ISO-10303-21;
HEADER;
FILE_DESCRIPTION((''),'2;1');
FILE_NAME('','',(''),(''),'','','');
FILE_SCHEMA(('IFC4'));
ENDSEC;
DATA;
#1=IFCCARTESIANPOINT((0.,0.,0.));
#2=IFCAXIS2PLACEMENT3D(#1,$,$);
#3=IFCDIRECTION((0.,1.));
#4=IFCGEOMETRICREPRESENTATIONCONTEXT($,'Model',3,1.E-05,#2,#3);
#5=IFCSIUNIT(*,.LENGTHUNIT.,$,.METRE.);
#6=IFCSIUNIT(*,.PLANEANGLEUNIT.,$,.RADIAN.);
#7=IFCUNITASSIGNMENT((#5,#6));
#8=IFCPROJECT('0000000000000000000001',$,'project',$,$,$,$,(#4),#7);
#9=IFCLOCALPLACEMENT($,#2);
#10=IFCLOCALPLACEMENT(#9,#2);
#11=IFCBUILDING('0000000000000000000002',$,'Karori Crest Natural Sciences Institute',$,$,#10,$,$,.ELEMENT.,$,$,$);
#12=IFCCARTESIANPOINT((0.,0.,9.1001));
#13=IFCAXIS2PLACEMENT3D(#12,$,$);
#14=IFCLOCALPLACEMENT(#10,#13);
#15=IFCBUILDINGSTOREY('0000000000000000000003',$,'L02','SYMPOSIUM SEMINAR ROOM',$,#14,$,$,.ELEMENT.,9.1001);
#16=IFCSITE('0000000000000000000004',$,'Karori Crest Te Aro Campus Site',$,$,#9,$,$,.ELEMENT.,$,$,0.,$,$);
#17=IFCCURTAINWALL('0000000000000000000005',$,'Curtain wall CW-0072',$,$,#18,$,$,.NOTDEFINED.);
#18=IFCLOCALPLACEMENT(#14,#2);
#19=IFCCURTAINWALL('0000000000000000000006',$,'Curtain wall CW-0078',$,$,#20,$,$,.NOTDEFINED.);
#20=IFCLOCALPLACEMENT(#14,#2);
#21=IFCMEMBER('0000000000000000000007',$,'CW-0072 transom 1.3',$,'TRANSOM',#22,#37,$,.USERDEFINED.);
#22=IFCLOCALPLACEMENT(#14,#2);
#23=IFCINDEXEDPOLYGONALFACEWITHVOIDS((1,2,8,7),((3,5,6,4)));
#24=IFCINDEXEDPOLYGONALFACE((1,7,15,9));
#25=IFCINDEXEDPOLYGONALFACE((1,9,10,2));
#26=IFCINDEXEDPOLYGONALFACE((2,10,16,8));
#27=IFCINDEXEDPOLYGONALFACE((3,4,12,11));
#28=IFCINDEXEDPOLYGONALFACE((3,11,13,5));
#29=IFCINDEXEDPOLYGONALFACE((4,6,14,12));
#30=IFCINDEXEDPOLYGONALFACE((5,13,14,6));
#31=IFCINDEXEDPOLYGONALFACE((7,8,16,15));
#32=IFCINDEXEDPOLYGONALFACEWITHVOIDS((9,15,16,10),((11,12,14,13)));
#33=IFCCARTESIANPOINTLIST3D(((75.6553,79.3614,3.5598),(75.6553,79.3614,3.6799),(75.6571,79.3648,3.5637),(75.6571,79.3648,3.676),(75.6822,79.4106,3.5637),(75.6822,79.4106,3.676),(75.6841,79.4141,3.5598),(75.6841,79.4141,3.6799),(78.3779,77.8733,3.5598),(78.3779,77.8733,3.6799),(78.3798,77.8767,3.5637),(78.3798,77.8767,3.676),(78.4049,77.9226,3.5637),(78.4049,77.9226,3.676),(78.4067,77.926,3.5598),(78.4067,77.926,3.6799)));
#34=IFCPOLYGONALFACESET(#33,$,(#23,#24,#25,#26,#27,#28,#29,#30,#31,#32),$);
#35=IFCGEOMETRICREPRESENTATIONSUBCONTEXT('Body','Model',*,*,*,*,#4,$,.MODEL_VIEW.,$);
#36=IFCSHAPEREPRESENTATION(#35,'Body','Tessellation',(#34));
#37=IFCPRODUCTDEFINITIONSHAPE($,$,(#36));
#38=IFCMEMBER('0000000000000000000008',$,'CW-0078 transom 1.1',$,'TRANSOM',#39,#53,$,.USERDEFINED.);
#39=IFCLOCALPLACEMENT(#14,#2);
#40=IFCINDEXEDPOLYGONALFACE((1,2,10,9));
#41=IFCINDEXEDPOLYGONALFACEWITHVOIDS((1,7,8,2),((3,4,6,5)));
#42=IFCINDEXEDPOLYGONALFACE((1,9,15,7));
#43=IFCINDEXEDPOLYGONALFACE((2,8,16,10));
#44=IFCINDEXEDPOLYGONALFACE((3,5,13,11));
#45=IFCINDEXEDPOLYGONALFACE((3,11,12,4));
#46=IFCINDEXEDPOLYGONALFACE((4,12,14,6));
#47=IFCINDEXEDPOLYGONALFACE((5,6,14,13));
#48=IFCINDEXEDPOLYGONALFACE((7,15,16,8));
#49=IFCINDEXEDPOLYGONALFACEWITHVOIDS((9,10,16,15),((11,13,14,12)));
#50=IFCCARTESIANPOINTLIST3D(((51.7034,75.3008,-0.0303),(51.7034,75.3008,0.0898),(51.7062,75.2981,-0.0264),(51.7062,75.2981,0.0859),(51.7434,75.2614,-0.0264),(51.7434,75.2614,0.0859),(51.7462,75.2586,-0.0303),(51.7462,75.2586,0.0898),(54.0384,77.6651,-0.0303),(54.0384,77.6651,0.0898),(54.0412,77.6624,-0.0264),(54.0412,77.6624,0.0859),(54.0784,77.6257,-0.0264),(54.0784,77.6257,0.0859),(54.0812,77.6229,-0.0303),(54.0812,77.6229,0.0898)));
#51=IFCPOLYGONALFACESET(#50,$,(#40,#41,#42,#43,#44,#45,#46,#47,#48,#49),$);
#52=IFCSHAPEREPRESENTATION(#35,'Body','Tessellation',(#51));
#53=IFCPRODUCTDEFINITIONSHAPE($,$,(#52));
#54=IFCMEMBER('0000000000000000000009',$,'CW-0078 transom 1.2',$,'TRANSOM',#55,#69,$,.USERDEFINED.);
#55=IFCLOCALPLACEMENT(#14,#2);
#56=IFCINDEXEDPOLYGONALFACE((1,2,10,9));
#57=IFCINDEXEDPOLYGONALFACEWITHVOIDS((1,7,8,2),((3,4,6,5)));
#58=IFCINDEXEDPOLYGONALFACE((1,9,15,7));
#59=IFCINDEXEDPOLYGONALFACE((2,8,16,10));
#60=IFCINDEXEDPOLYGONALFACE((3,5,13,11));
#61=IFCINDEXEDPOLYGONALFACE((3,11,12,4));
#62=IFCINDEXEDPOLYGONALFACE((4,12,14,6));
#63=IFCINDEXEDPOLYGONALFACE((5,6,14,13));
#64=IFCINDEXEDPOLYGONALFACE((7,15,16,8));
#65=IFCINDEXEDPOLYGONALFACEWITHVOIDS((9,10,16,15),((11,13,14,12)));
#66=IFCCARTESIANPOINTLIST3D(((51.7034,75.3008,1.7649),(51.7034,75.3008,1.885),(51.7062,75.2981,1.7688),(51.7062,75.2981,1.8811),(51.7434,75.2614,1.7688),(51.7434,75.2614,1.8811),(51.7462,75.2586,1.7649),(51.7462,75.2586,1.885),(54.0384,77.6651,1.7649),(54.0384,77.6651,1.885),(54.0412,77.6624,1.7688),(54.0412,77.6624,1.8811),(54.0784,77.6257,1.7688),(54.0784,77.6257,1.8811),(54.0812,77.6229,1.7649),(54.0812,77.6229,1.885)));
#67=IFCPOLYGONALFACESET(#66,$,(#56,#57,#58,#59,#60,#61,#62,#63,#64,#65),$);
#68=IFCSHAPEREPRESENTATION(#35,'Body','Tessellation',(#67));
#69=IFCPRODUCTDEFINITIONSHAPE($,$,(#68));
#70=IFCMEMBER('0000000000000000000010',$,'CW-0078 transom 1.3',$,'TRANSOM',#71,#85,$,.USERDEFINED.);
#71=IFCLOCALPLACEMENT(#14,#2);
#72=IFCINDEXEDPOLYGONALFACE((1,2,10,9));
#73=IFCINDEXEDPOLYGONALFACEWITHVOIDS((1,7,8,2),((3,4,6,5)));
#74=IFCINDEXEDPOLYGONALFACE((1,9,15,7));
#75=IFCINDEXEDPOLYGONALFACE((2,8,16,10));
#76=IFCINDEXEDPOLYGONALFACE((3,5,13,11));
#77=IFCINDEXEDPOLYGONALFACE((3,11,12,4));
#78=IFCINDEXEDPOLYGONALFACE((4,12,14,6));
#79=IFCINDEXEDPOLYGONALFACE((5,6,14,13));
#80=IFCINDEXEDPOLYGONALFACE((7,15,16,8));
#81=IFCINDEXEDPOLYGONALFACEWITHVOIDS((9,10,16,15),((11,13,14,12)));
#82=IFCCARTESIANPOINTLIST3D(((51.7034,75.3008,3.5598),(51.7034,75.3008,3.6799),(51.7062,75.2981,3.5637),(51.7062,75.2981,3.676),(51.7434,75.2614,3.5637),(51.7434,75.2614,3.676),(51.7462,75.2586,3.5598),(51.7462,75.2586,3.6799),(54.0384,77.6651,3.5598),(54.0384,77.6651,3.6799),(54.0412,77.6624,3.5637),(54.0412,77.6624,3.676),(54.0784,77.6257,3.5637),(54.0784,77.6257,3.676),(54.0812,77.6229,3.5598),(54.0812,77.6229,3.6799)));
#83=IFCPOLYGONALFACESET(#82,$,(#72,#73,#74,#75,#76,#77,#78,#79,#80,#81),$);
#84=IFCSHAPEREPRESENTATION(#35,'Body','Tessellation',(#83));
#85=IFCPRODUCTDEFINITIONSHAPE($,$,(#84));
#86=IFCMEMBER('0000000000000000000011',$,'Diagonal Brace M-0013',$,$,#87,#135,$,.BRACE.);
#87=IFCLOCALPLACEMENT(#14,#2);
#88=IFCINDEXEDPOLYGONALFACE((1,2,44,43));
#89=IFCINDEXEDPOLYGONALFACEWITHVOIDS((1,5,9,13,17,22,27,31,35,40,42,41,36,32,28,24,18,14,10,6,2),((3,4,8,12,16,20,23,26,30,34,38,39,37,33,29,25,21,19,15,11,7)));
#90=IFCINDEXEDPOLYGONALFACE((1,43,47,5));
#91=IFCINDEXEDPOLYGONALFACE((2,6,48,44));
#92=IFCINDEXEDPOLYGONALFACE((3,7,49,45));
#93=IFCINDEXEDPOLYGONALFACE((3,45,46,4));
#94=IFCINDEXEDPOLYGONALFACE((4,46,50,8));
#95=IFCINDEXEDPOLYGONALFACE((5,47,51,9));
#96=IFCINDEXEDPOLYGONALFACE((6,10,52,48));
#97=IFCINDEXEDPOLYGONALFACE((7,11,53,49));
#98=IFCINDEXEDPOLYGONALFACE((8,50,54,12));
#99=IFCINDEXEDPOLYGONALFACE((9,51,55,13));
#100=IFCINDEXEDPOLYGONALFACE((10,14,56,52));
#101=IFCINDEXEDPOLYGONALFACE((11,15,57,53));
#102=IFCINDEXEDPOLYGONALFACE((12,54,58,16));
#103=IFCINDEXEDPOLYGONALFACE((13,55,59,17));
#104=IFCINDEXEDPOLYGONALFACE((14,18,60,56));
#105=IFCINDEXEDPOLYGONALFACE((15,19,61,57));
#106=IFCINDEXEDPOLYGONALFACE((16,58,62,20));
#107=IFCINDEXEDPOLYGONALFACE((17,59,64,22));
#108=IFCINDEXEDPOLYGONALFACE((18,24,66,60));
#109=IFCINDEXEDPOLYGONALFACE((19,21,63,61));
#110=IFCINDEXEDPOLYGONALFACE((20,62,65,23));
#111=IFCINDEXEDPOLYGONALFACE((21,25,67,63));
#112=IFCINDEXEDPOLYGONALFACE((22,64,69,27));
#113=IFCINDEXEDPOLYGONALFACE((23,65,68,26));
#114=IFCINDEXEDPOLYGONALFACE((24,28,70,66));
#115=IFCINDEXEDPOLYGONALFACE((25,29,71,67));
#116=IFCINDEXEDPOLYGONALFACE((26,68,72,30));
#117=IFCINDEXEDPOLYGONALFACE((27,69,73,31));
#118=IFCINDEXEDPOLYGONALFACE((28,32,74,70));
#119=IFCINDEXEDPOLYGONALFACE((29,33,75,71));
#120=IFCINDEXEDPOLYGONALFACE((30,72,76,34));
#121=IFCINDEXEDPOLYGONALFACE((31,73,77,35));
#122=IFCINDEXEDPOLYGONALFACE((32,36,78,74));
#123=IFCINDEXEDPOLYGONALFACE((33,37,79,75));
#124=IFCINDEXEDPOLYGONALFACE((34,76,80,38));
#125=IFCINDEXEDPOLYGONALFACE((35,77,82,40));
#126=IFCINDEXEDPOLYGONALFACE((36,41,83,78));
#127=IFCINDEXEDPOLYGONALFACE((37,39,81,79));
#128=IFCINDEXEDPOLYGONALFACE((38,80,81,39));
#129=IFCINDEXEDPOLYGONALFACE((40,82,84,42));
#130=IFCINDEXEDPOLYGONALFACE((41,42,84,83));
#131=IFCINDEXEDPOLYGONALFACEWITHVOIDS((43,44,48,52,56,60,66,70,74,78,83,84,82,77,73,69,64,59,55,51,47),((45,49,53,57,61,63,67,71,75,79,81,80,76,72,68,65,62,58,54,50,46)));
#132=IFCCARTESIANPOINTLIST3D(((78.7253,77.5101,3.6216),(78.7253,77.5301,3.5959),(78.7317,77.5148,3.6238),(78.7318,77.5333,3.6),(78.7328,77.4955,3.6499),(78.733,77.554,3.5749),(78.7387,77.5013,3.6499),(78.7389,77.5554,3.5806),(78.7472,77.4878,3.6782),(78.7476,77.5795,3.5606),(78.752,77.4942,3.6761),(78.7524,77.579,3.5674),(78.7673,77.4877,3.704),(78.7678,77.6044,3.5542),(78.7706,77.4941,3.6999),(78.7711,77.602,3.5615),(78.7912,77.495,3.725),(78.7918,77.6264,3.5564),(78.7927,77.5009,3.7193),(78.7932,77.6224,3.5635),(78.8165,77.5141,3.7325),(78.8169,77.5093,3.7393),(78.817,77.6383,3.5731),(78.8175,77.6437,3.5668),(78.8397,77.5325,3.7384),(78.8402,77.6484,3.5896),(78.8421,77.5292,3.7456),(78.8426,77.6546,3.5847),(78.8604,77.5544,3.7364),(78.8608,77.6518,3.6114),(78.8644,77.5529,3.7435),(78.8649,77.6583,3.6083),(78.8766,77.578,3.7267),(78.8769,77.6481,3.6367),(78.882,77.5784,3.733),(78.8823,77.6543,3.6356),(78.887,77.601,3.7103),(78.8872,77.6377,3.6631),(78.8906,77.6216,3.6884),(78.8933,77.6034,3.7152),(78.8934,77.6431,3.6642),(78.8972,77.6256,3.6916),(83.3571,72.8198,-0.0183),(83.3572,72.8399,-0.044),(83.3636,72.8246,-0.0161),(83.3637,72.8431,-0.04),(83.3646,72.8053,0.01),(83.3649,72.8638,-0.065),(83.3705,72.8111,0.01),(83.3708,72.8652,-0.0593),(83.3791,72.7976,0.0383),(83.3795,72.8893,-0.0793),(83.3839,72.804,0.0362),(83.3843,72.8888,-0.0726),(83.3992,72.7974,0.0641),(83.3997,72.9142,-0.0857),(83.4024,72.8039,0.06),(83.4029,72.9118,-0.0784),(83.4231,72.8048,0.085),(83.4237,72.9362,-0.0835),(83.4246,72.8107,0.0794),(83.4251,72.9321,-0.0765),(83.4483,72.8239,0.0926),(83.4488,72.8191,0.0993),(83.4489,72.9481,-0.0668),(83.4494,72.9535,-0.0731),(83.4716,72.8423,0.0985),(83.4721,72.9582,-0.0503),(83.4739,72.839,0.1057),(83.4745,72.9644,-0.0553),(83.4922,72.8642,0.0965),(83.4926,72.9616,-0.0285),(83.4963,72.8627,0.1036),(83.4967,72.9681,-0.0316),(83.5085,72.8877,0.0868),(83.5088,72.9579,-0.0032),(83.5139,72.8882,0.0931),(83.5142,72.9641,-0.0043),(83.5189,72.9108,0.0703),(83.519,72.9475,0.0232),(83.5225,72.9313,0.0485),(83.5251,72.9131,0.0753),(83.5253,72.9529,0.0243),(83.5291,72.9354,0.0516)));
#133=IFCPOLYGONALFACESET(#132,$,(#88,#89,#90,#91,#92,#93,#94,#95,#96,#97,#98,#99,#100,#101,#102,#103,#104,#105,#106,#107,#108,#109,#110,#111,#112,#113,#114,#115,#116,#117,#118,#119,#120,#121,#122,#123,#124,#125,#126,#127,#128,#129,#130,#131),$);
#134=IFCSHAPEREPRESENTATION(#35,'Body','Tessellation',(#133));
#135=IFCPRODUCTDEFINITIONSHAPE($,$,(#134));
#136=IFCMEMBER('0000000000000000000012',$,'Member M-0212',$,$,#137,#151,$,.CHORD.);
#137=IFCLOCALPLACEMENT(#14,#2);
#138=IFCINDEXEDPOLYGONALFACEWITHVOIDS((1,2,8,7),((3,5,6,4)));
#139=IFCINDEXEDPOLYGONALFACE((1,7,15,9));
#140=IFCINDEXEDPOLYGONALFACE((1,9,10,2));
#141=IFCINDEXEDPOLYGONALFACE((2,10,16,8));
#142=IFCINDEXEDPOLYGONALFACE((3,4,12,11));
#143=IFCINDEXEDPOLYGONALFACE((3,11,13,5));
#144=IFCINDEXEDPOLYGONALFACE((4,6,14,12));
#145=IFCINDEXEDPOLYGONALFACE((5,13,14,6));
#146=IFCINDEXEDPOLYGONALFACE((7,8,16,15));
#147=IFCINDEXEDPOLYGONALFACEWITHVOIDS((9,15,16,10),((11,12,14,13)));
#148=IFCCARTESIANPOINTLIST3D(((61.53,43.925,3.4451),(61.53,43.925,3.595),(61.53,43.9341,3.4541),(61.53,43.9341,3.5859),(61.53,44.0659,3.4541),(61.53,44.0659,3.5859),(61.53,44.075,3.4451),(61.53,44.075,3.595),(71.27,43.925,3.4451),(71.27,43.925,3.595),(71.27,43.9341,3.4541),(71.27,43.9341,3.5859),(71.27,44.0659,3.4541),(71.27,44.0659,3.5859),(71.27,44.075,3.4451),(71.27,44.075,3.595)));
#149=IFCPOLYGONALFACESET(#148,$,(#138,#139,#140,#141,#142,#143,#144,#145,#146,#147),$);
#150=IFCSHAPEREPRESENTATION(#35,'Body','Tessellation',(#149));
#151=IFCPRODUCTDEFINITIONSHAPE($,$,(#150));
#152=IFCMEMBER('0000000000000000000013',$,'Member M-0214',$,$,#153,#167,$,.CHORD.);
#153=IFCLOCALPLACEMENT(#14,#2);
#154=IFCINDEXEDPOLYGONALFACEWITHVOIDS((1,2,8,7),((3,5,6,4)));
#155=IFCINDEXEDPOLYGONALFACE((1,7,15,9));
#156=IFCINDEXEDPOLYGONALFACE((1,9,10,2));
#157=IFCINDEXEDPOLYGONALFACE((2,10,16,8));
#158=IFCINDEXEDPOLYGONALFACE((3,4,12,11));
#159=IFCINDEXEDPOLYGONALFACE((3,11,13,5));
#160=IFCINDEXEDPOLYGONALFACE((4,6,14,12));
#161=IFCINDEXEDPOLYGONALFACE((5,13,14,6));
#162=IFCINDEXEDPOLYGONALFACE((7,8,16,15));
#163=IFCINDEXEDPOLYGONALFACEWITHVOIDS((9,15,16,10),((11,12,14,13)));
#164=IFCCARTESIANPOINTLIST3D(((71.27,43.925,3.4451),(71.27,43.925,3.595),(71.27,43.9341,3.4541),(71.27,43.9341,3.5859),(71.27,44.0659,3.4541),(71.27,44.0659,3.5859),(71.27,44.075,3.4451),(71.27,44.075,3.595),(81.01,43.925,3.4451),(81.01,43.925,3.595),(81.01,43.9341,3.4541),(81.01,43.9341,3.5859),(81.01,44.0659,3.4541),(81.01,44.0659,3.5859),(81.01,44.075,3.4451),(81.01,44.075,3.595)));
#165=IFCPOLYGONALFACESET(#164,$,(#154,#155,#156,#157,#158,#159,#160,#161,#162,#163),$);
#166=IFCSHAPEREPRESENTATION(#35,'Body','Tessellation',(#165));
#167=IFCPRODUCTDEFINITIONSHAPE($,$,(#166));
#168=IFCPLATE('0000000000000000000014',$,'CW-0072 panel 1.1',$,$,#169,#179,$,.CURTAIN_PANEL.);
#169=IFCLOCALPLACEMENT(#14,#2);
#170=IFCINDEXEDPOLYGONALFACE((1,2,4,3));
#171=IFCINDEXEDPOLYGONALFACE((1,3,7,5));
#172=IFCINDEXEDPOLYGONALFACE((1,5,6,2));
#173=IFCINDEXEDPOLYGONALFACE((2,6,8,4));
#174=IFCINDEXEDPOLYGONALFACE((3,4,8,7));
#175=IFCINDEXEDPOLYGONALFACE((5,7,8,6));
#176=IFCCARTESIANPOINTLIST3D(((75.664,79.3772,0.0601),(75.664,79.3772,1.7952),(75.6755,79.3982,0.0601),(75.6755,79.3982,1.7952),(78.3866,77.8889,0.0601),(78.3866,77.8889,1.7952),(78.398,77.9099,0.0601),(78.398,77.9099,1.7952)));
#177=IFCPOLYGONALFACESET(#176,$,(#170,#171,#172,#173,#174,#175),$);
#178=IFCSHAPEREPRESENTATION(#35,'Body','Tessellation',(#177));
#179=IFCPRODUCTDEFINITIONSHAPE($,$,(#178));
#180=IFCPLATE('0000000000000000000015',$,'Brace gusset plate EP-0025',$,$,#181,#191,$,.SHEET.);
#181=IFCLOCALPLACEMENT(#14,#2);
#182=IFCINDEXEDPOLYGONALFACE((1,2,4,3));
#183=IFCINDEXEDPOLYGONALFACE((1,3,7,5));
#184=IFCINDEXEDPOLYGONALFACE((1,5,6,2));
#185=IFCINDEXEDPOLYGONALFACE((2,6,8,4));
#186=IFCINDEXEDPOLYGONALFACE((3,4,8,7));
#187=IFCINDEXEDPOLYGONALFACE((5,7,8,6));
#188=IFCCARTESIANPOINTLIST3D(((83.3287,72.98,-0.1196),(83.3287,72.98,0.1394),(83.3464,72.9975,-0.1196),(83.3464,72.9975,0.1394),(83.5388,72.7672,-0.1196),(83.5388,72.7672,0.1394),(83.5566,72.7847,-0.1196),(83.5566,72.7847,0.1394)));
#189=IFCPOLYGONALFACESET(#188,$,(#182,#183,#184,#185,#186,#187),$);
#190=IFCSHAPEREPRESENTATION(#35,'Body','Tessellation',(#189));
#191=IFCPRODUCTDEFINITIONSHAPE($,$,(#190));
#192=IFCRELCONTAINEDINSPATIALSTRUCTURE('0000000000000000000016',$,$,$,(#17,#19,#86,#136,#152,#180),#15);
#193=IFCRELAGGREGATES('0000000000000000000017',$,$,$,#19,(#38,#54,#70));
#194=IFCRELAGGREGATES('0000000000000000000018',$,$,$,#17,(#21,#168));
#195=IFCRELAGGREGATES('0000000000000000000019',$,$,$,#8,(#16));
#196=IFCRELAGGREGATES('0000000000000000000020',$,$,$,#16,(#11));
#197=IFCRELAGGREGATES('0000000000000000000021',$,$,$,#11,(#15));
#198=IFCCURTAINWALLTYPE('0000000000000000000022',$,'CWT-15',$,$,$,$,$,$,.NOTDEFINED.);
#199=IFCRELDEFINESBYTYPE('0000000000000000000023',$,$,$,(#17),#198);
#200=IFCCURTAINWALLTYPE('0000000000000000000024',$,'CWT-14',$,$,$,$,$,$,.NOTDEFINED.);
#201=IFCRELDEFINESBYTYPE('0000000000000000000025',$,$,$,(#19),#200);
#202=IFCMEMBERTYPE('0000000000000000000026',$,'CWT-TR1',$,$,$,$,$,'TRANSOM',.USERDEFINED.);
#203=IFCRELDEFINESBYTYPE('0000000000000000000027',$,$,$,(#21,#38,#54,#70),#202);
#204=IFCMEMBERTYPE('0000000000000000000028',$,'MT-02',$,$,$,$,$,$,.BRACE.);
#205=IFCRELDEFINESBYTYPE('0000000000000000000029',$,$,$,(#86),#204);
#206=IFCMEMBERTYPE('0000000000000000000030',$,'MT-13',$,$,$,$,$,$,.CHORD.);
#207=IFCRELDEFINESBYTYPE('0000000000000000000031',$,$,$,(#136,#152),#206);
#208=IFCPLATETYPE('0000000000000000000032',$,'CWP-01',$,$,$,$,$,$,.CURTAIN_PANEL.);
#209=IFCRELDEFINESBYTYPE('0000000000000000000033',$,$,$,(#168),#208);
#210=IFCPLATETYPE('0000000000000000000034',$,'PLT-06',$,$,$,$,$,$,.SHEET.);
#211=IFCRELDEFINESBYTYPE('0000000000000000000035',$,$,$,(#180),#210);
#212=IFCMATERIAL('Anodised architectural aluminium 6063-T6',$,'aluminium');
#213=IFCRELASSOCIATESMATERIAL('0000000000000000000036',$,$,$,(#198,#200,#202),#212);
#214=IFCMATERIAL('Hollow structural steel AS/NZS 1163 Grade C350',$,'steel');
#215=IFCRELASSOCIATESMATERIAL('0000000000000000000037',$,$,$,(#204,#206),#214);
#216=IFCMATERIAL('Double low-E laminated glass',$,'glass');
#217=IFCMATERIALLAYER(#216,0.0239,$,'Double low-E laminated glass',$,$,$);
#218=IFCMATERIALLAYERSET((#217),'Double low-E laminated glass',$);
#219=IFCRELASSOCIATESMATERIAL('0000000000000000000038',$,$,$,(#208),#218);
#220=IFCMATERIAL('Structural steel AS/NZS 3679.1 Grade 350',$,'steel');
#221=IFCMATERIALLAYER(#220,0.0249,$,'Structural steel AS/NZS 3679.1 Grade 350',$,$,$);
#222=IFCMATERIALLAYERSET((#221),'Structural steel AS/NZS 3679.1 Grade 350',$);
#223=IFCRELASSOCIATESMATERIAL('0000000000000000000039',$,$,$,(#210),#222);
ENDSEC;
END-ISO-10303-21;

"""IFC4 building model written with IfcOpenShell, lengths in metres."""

from ifc_helpers import new_model, si_unit, direction, frame, origin, origin_2d, place, context, subcontext, project, spatial, rectangle, hollow_rectangle, hollow_circle, extrude, material, layer, layer_set, material_profile, profile_set, type_object, element, aggregate, save


model = new_model("IFC4")

# Units and contexts
model_context = context("Model", 3, precision=1e-05, world=origin(), true_north=direction((0.0, 1.0)))
body_context = subcontext(model_context, "Body", "Model", "MODEL_VIEW")
ifc_project = project(units=[si_unit("LENGTHUNIT", "METRE"), si_unit("PLANEANGLEUNIT", "RADIAN")], contexts=[model_context])

# Site, building, storey
site_placement = place(None, origin())
site = spatial("IfcSite", under=ifc_project, at=site_placement, Name="Karori Crest Te Aro Campus Site", CompositionType="ELEMENT", RefElevation=0.0)
building_placement = place(site_placement, origin())
building = spatial("IfcBuilding", under=site, at=building_placement, Name="Karori Crest Natural Sciences Institute", CompositionType="ELEMENT")
storey_placement = place(building_placement, frame((0.0, 0.0, 9.1001)))
storey = spatial("IfcBuildingStorey", under=building, at=storey_placement, Name="L02", Description="SYMPOSIUM SEMINAR ROOM", CompositionType="ELEMENT", Elevation=9.1001)

# Shared definitions
ifc_material_1 = material(Name="Structural steel AS/NZS 3679.1 Grade 350", Category="steel")
ifc_material_2 = material(Name="Hollow structural steel AS/NZS 1163 Grade C350", Category="steel")

# Curtain walls
ifc_material_3 = material(Name="Anodised architectural aluminium 6063-T6", Category="aluminium")
curtain_wall_type_1 = type_object("IfcCurtainWallType", Name="CWT-15", PredefinedType="NOTDEFINED", material=ifc_material_3)
curtain_wall_1_placement = place(storey_placement, origin())
curtain_wall_1 = element("IfcCurtainWall", 1, at=curtain_wall_1_placement, inside=storey, type_object=curtain_wall_type_1, Name="Curtain wall CW-0072", PredefinedType="NOTDEFINED")
curtain_wall_type_2 = type_object("IfcCurtainWallType", Name="CWT-14", PredefinedType="NOTDEFINED", material=ifc_material_3)
curtain_wall_2_placement = place(storey_placement, origin())
curtain_wall_2 = element("IfcCurtainWall", 2, at=curtain_wall_2_placement, inside=storey, type_object=curtain_wall_type_2, Name="Curtain wall CW-0078", PredefinedType="NOTDEFINED")

# Members
ifc_material_profile_1 = material_profile(ifc_material_3, hollow_rectangle(XDim=0.0601, YDim=0.1201, WallThickness=0.0039, at=origin_2d()), Name="CWT120x60x4")
ifc_profile_set_1 = profile_set([ifc_material_profile_1], Name="Anodised architectural aluminium 6063-T6")
member_type_1 = type_object("IfcMemberType", Name="CWT-TR1", ElementType="TRANSOM", PredefinedType="USERDEFINED", material=ifc_profile_set_1)
member_1_placement = place(storey_placement, frame((78.3923, 77.8997, 3.6199), z_axis=(-0.877495, 0.479585, 0.0), x_axis=(-0.479585, -0.877495, 0.0)))
member_1 = element("IfcMember", 3, at=member_1_placement, type_object=member_type_1, Name="CW-0072 transom 1.3", ObjectType="TRANSOM", PredefinedType="USERDEFINED", context=body_context, shape_type="SweptSolid", body=[
    extrude(hollow_rectangle(XDim=0.0601, YDim=0.1201, WallThickness=0.0039, at=origin_2d()), origin(), (0.0, 0.0, 1.0), 3.1028),
])
member_2_placement = place(storey_placement, frame((54.0598, 77.644, 0.0298), z_axis=(-0.702685, -0.711501, 0.0), x_axis=(0.711501, -0.702685, 0.0)))
member_2 = element("IfcMember", 4, at=member_2_placement, type_object=member_type_1, Name="CW-0078 transom 1.1", ObjectType="TRANSOM", PredefinedType="USERDEFINED", context=body_context, shape_type="SweptSolid", body=[
    extrude(hollow_rectangle(XDim=0.0601, YDim=0.1201, WallThickness=0.0039, at=origin_2d()), origin(), (0.0, 0.0, 1.0), 3.323),
])
member_3_placement = place(storey_placement, frame((54.0598, 77.644, 1.825), z_axis=(-0.702685, -0.711501, 0.0), x_axis=(0.711501, -0.702685, 0.0)))
member_3 = element("IfcMember", 5, at=member_3_placement, type_object=member_type_1, Name="CW-0078 transom 1.2", ObjectType="TRANSOM", PredefinedType="USERDEFINED", context=body_context, shape_type="SweptSolid", body=[
    extrude(hollow_rectangle(XDim=0.0601, YDim=0.1201, WallThickness=0.0039, at=origin_2d()), origin(), (0.0, 0.0, 1.0), 3.323),
])
member_4_placement = place(storey_placement, frame((54.0598, 77.644, 3.6199), z_axis=(-0.702685, -0.711501, 0.0), x_axis=(0.711501, -0.702685, 0.0)))
member_4 = element("IfcMember", 6, at=member_4_placement, type_object=member_type_1, Name="CW-0078 transom 1.3", ObjectType="TRANSOM", PredefinedType="USERDEFINED", context=body_context, shape_type="SweptSolid", body=[
    extrude(hollow_rectangle(XDim=0.0601, YDim=0.1201, WallThickness=0.0039, at=origin_2d()), origin(), (0.0, 0.0, 1.0), 3.323),
])
aggregate(curtain_wall_2, [member_2, member_3, member_4])

# Members
ifc_material_profile_2 = material_profile(ifc_material_2, hollow_circle(Radius=0.1096, WallThickness=0.0083, at=origin_2d()), Name="CHS219.1x8.2")
ifc_profile_set_2 = profile_set([ifc_material_profile_2], Name="Hollow structural steel AS/NZS 1163 Grade C350")
member_type_2 = type_object("IfcMemberType", Name="MT-02", PredefinedType="BRACE", material=ifc_profile_set_2)
member_5_placement = place(storey_placement, frame((83.4426, 72.8823, 0.01), z_axis=(-0.615119, 0.622868, 0.483387), x_axis=(-0.711519, -0.702667, 0.0)))
element("IfcMember", 7, at=member_5_placement, inside=storey, type_object=member_type_2, Name="Diagonal Brace M-0013", PredefinedType="BRACE", context=body_context, shape_type="SweptSolid", body=[
    extrude(hollow_circle(Radius=0.1096, WallThickness=0.0083, at=origin_2d()), origin(), (0.0, 0.0, 1.0), 7.53),
])
ifc_material_profile_3 = material_profile(ifc_material_2, hollow_rectangle(XDim=0.1499, YDim=0.1499, WallThickness=0.009, at=origin_2d()), Name="SHS150x150x9")
ifc_profile_set_3 = profile_set([ifc_material_profile_3], Name="Hollow structural steel AS/NZS 1163 Grade C350")
member_type_3 = type_object("IfcMemberType", Name="MT-13", PredefinedType="CHORD", material=ifc_profile_set_3)
for number, where, z_axis, x_axis, name in (
    (8, (61.53, 44.0, 3.52), (1.0, 0.0, 0.0), (0.0, 1.0, 0.0), "Member M-0212"),
    (9, (71.27, 44.0, 3.52), (1.0, 0.0, 0.0), (0.0, 1.0, 0.0), "Member M-0214"),
):
    element("IfcMember", number, at=place(storey_placement, frame(where, z_axis=z_axis, x_axis=x_axis)), inside=storey, type_object=member_type_3, Name=name, PredefinedType="CHORD", context=body_context, shape_type="SweptSolid", body=[
        extrude(hollow_rectangle(XDim=0.1499, YDim=0.1499, WallThickness=0.009, at=origin_2d()), origin(), (0.0, 0.0, 1.0), 9.74),
    ])

# Plate
ifc_material_4 = material(Name="Double low-E laminated glass", Category="glass")
ifc_layer_1 = layer(ifc_material_4, 0.0239, Name="Double low-E laminated glass")
ifc_layer_set_1 = layer_set([ifc_layer_1], Name="Double low-E laminated glass")
plate_type_1 = type_object("IfcPlateType", Name="CWP-01", PredefinedType="CURTAIN_PANEL", material=ifc_layer_set_1)
plate_placement = place(storey_placement, frame((77.031, 78.6436, 0.0601), z_axis=(0.0, 0.0, 1.0), x_axis=(-0.877464, 0.479643, 0.0)))
plate = element("IfcPlate", 10, at=plate_placement, type_object=plate_type_1, Name="CW-0072 panel 1.1", PredefinedType="CURTAIN_PANEL", context=body_context, shape_type="SweptSolid", body=[
    extrude(rectangle(XDim=3.1028, YDim=0.0239, at=origin_2d()), origin(), (0.0, 0.0, 1.0), 1.7351),
])
aggregate(curtain_wall_1, [member_1, plate])

# Plate
ifc_layer_2 = layer(ifc_material_1, 0.0249, Name="Structural steel AS/NZS 3679.1 Grade 350")
ifc_layer_set_2 = layer_set([ifc_layer_2], Name="Structural steel AS/NZS 3679.1 Grade 350")
plate_type_2 = type_object("IfcPlateType", Name="PLT-06", PredefinedType="SHEET", material=ifc_layer_set_2)
for number, where, z_axis, x_axis, name in (
    (11, (83.4426, 72.8823, -0.1196), (0.0, 0.0, 1.0), (-0.702664, 0.711522, 0.0), "Brace gusset plate EP-0025"),
):
    element("IfcPlate", number, at=place(storey_placement, frame(where, z_axis=z_axis, x_axis=x_axis)), inside=storey, type_object=plate_type_2, Name=name, PredefinedType="SHEET", context=body_context, shape_type="SweptSolid", body=[
        extrude(rectangle(XDim=0.2991, YDim=0.0249, at=origin_2d()), origin(), (0.0, 0.0, 1.0), 0.259),
    ])

save(model, "model.ifc")
